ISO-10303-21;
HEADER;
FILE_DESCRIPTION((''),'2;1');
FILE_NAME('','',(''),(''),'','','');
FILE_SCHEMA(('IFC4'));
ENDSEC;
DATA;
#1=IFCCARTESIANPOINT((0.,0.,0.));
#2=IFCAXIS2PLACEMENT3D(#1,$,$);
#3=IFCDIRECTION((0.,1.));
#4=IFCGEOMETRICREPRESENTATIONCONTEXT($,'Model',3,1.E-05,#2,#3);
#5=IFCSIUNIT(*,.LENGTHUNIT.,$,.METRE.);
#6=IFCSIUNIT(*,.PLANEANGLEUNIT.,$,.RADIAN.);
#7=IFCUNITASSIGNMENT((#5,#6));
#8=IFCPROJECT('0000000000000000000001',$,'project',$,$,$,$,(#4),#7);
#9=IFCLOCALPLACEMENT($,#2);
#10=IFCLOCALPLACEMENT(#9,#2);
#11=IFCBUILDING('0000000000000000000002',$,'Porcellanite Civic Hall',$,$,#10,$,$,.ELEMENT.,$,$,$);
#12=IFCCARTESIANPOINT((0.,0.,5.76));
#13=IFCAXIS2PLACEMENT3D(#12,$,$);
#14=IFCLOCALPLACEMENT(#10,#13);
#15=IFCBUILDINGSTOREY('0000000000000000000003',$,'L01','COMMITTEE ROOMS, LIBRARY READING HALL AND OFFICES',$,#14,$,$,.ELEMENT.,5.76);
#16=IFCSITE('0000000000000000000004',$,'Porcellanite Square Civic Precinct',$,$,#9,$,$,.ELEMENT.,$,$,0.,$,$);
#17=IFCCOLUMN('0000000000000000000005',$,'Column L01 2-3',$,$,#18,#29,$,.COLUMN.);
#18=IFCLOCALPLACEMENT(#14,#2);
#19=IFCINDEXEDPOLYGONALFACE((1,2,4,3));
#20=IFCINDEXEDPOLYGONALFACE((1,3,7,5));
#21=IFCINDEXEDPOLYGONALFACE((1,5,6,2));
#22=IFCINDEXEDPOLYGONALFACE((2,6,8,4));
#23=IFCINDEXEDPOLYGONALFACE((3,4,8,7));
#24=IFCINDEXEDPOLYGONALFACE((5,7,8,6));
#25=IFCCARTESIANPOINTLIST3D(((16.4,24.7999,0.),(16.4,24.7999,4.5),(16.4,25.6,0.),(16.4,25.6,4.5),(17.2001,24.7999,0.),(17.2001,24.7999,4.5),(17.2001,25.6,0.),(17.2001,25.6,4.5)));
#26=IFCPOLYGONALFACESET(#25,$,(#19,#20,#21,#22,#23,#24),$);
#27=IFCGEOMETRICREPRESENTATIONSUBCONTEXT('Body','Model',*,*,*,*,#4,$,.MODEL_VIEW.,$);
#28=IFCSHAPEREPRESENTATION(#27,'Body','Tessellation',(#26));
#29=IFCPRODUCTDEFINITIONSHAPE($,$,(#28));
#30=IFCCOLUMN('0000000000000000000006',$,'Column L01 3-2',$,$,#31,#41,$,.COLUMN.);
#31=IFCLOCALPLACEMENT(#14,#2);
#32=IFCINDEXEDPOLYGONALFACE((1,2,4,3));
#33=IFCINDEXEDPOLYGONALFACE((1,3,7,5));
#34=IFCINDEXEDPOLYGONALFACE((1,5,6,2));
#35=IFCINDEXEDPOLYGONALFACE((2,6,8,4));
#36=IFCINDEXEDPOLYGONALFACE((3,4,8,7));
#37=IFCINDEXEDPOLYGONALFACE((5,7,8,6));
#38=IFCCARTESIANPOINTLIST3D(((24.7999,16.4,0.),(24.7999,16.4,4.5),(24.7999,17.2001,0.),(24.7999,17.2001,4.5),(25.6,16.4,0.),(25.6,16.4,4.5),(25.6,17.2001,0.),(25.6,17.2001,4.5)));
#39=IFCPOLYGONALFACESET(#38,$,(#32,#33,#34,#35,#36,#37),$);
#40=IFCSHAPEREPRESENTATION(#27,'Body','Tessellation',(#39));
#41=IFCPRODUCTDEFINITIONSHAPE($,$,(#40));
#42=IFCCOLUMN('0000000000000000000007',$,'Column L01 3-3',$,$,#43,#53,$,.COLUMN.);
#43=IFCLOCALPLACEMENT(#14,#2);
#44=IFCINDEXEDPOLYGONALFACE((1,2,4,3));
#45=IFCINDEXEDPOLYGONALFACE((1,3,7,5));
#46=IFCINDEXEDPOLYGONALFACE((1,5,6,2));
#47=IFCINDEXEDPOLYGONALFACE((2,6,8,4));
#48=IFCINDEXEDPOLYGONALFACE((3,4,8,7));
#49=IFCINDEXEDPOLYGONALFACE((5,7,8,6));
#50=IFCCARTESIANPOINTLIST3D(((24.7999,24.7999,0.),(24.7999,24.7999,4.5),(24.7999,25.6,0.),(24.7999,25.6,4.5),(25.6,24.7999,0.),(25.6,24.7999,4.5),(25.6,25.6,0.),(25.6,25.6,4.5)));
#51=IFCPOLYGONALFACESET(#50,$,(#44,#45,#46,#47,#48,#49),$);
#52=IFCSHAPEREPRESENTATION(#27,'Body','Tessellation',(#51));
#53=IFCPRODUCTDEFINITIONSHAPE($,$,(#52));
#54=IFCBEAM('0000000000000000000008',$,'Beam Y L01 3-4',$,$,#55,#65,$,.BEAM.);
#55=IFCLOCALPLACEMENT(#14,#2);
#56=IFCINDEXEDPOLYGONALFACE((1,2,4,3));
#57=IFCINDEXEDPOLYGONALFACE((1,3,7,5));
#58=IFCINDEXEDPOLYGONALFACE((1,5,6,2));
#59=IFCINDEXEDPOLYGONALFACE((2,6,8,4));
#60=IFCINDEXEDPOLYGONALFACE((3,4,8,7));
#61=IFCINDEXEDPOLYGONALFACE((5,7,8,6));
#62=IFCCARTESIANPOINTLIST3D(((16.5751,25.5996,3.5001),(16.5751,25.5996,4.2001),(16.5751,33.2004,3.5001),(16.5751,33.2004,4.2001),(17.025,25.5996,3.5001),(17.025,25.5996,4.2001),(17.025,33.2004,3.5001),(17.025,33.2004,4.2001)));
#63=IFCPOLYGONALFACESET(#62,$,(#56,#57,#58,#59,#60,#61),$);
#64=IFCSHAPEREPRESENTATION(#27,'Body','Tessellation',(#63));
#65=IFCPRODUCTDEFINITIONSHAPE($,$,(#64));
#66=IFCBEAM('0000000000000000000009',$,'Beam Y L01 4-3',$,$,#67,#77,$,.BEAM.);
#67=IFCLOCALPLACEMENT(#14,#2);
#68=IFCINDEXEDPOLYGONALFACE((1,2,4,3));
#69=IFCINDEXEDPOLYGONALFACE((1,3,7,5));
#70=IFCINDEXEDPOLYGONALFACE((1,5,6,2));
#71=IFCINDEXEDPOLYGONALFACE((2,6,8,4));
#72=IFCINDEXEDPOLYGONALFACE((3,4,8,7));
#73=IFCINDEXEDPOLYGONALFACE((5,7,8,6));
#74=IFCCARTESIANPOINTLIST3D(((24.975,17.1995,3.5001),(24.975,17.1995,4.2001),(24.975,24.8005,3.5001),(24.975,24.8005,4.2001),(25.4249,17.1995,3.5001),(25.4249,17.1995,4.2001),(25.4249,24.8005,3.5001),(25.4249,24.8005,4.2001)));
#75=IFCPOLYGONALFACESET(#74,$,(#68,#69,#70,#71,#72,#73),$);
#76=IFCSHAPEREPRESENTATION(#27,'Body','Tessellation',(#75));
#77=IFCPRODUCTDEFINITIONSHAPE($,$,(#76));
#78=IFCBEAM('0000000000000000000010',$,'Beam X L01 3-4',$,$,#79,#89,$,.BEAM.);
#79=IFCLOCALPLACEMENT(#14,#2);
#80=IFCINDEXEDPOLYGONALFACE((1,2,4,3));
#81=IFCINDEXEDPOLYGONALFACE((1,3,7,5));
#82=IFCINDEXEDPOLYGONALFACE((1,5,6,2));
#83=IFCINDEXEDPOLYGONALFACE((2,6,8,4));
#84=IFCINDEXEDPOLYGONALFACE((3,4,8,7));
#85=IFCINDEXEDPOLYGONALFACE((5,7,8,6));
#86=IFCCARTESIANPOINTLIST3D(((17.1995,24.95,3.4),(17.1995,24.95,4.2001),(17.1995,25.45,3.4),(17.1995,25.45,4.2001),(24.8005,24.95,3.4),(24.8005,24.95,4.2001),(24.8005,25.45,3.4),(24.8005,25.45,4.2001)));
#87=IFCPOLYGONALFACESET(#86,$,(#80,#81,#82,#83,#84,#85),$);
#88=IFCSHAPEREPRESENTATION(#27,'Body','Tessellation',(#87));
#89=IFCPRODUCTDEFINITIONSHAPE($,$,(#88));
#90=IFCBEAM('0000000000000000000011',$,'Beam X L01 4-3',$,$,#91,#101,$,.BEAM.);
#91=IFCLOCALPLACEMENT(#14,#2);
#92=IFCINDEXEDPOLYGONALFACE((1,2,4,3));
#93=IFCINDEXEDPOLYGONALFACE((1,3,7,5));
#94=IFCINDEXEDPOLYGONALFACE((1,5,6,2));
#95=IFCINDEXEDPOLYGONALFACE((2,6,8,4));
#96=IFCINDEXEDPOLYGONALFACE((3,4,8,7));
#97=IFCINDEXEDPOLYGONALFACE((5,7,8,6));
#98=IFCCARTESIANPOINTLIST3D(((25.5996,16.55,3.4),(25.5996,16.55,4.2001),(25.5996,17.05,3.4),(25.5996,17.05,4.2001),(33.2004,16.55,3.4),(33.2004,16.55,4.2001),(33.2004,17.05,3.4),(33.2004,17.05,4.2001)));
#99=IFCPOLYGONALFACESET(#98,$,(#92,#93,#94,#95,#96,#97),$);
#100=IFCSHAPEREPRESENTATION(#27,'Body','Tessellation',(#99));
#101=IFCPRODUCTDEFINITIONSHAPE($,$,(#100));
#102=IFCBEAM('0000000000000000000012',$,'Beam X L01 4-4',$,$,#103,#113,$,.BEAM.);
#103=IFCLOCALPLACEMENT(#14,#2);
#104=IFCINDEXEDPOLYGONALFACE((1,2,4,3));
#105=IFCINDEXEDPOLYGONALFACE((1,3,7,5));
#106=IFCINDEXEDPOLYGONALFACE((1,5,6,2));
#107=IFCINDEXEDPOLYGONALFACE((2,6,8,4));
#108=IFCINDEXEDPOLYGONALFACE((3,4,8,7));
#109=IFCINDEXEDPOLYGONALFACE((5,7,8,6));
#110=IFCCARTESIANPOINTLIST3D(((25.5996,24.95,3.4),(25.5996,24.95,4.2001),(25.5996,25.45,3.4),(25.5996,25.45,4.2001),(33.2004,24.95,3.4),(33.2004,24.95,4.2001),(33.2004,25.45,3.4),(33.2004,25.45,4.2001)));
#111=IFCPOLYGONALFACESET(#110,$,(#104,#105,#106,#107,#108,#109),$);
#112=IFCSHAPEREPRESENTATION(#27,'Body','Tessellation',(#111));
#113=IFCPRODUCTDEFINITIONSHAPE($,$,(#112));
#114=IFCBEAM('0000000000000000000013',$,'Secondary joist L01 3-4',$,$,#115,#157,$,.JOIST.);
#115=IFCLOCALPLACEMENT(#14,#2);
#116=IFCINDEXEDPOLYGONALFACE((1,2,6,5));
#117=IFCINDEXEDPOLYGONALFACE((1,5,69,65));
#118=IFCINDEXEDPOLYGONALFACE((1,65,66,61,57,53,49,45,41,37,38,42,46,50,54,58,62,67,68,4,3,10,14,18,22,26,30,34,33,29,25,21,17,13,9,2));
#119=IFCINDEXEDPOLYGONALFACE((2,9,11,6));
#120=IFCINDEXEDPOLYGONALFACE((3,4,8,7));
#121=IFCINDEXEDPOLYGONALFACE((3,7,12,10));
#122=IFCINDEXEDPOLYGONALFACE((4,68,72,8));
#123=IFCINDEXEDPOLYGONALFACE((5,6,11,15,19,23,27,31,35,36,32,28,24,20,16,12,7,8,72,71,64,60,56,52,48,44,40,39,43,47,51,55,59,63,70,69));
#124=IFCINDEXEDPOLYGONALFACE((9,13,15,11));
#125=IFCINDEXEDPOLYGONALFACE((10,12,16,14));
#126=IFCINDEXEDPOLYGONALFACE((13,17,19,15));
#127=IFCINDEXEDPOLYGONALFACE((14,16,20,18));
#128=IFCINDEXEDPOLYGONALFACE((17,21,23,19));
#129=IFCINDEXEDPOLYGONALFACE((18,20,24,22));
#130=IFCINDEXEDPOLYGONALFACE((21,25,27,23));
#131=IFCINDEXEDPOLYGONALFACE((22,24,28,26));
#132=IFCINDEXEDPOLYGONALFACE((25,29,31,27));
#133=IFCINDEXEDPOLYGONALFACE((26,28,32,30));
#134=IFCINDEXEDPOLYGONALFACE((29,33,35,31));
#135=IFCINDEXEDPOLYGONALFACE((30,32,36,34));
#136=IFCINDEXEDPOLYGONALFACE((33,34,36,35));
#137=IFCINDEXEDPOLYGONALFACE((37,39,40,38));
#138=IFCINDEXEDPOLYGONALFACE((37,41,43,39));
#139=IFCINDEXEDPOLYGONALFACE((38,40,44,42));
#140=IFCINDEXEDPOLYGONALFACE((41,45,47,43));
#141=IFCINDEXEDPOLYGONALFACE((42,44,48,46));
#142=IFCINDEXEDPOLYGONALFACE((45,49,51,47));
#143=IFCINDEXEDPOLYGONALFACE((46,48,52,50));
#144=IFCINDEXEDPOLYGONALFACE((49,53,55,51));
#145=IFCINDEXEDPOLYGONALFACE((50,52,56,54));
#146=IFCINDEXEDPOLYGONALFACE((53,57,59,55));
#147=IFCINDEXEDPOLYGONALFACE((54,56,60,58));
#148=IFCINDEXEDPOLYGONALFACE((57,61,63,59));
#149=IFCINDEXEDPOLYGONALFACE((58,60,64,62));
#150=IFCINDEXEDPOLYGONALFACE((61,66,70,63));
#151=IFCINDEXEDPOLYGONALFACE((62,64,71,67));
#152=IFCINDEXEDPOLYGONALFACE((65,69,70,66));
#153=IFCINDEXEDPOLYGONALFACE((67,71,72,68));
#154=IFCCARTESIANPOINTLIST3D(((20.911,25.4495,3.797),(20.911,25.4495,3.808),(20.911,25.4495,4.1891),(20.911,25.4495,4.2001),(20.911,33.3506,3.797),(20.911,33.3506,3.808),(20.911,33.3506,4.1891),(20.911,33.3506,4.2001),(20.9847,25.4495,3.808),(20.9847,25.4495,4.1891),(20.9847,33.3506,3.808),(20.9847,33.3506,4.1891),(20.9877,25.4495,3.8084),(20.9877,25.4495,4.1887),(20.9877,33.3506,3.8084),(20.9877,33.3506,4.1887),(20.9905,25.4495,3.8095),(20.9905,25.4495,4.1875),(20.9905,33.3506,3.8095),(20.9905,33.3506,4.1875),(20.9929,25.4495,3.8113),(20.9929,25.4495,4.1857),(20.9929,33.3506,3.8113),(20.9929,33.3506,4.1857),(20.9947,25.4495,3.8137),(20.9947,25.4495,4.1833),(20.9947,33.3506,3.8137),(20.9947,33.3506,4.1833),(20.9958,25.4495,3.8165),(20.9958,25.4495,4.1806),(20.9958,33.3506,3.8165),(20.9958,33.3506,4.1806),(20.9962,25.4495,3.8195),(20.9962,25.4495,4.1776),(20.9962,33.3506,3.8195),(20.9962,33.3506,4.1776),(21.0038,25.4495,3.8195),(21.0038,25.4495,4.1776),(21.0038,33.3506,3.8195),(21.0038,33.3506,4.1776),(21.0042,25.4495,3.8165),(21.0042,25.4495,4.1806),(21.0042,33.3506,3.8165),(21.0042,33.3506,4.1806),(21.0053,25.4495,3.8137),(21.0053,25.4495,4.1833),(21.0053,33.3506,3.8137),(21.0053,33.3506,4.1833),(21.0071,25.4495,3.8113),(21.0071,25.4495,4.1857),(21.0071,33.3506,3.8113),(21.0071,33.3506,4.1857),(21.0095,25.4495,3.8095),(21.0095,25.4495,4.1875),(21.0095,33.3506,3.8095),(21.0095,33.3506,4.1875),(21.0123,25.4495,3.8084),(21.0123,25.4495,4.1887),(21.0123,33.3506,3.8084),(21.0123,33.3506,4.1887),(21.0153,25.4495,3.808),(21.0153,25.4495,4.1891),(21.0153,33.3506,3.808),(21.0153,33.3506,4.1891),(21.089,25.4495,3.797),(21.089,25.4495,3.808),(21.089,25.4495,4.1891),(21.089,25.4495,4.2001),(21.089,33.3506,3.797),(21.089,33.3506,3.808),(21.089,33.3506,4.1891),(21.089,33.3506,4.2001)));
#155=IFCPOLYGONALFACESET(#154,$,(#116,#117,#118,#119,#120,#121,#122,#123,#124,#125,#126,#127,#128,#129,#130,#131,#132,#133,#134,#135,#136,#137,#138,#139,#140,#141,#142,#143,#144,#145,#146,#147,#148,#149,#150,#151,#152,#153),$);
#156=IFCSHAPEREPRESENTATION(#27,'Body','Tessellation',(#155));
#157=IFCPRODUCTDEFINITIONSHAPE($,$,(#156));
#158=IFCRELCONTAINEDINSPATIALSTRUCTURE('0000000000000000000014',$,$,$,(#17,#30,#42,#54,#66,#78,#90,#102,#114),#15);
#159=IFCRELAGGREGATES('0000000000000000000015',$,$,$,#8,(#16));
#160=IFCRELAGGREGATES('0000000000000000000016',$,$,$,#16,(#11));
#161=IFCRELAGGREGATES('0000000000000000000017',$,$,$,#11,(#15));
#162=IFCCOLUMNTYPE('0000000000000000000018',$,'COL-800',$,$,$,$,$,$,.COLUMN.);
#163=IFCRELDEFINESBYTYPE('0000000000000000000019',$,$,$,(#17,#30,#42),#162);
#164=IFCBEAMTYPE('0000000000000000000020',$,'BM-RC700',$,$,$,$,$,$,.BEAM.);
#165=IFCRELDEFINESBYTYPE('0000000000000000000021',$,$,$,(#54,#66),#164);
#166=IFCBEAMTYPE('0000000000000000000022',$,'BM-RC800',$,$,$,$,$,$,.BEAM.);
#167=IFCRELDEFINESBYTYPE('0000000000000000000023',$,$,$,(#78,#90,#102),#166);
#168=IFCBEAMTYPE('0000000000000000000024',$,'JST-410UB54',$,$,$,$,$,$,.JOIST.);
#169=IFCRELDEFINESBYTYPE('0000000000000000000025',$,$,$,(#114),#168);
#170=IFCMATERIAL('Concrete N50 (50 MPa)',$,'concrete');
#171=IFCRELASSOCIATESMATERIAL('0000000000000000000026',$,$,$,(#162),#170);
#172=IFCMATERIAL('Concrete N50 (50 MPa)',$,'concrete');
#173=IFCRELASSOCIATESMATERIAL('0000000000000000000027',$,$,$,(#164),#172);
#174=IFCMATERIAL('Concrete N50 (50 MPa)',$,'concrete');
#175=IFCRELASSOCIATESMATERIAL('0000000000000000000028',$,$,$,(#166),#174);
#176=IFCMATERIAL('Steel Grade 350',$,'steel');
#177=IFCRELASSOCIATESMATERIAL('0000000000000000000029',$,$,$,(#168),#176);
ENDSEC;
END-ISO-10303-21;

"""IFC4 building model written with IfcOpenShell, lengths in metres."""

from ifc_helpers import new_model, si_unit, direction, frame, origin, origin_2d, place, context, subcontext, project, spatial, rectangle, i_section, extrude, material, material_profile, profile_set, type_object, element, save


model = new_model("IFC4")

# Units and contexts
model_context = context("Model", 3, precision=1e-05, world=origin(), true_north=direction((0.0, 1.0)))
body_context = subcontext(model_context, "Body", "Model", "MODEL_VIEW")
ifc_project = project(units=[si_unit("LENGTHUNIT", "METRE"), si_unit("PLANEANGLEUNIT", "RADIAN")], contexts=[model_context])

# Site, building, storey
site_placement = place(None, origin())
site = spatial("IfcSite", under=ifc_project, at=site_placement, Name="Porcellanite Square Civic Precinct", CompositionType="ELEMENT", RefElevation=0.0)
building_placement = place(site_placement, origin())
building = spatial("IfcBuilding", under=site, at=building_placement, Name="Porcellanite Civic Hall", CompositionType="ELEMENT")
storey_placement = place(building_placement, frame((0.0, 0.0, 5.76)))
storey = spatial("IfcBuildingStorey", under=building, at=storey_placement, Name="L01", Description="COMMITTEE ROOMS, LIBRARY READING HALL AND OFFICES", CompositionType="ELEMENT", Elevation=5.76)

# Columns
ifc_material_1 = material(Name="Concrete N50 (50 MPa)", Category="concrete")
ifc_material_profile_1 = material_profile(ifc_material_1, rectangle(XDim=0.8, YDim=0.8, at=origin_2d()), Name="RC-800x800")
ifc_profile_set_1 = profile_set([ifc_material_profile_1], Name="Concrete N50 (50 MPa)")
column_type = type_object("IfcColumnType", Name="COL-800", PredefinedType="COLUMN", material=ifc_profile_set_1)
for number, where, z_axis, x_axis, name in (
    (1, (16.8, 25.2, 0.0), (0.0, 0.0, 1.0), (1.0, 0.0, 0.0), "Column L01 2-3"),
    (2, (25.2, 16.8, 0.0), (0.0, 0.0, 1.0), (1.0, 0.0, 0.0), "Column L01 3-2"),
    (3, (25.2, 25.2, 0.0), (0.0, 0.0, 1.0), (1.0, 0.0, 0.0), "Column L01 3-3"),
):
    element("IfcColumn", number, at=place(storey_placement, frame(where, z_axis=z_axis, x_axis=x_axis)), inside=storey, type_object=column_type, Name=name, PredefinedType="COLUMN", context=body_context, shape_type="SweptSolid", body=[
        extrude(rectangle(XDim=0.8, YDim=0.8, at=origin_2d()), origin(), (0.0, 0.0, 1.0), 4.5),
    ])

# Beams
ifc_material_2 = material(Name="Concrete N50 (50 MPa)", Category="concrete")
ifc_material_profile_2 = material_profile(ifc_material_2, rectangle(XDim=0.45, YDim=0.7, at=origin_2d()), Name="RC-450x700")
ifc_profile_set_2 = profile_set([ifc_material_profile_2], Name="Concrete N50 (50 MPa)")
beam_type_1 = type_object("IfcBeamType", Name="BM-RC700", PredefinedType="BEAM", material=ifc_profile_set_2)
beam_1_placement = place(storey_placement, frame((16.8, 25.5996, 3.8501), z_axis=(0.0, 1.0, 0.0), x_axis=(-1.0, 0.0, 0.0)))
element("IfcBeam", 4, at=beam_1_placement, inside=storey, type_object=beam_type_1, Name="Beam Y L01 3-4", PredefinedType="BEAM", context=body_context, shape_type="SweptSolid", body=[
    extrude(rectangle(XDim=0.45, YDim=0.7, at=origin_2d()), origin(), (0.0, 0.0, 1.0), 7.6008),
])
beam_2_placement = place(storey_placement, frame((25.2, 17.1995, 3.8501), z_axis=(0.0, 1.0, 0.0), x_axis=(-1.0, 0.0, 0.0)))
element("IfcBeam", 5, at=beam_2_placement, inside=storey, type_object=beam_type_1, Name="Beam Y L01 4-3", PredefinedType="BEAM", context=body_context, shape_type="SweptSolid", body=[
    extrude(rectangle(XDim=0.45, YDim=0.7, at=origin_2d()), origin(), (0.0, 0.0, 1.0), 7.6011),
])
ifc_material_3 = material(Name="Concrete N50 (50 MPa)", Category="concrete")
ifc_material_profile_3 = material_profile(ifc_material_3, rectangle(XDim=0.5, YDim=0.8, at=origin_2d()), Name="RC-500x800")
ifc_profile_set_3 = profile_set([ifc_material_profile_3], Name="Concrete N50 (50 MPa)")
beam_type_2 = type_object("IfcBeamType", Name="BM-RC800", PredefinedType="BEAM", material=ifc_profile_set_3)
beam_3_placement = place(storey_placement, frame((17.1995, 25.2, 3.8), z_axis=(1.0, 0.0, 0.0), x_axis=(0.0, 1.0, 0.0)))
element("IfcBeam", 6, at=beam_3_placement, inside=storey, type_object=beam_type_2, Name="Beam X L01 3-4", PredefinedType="BEAM", context=body_context, shape_type="SweptSolid", body=[
    extrude(rectangle(XDim=0.5, YDim=0.8, at=origin_2d()), origin(), (0.0, 0.0, 1.0), 7.6011),
])
for number, where, z_axis, x_axis, name in (
    (7, (25.5996, 16.8, 3.8), (1.0, 0.0, 0.0), (0.0, 1.0, 0.0), "Beam X L01 4-3"),
    (8, (25.5996, 25.2, 3.8), (1.0, 0.0, 0.0), (0.0, 1.0, 0.0), "Beam X L01 4-4"),
):
    element("IfcBeam", number, at=place(storey_placement, frame(where, z_axis=z_axis, x_axis=x_axis)), inside=storey, type_object=beam_type_2, Name=name, PredefinedType="BEAM", context=body_context, shape_type="SweptSolid", body=[
        extrude(rectangle(XDim=0.5, YDim=0.8, at=origin_2d()), origin(), (0.0, 0.0, 1.0), 7.6008),
    ])
ifc_material_4 = material(Name="Steel Grade 350", Category="steel")
ifc_material_profile_4 = material_profile(ifc_material_4, i_section(OverallWidth=0.178, OverallDepth=0.4031, WebThickness=0.0076, FlangeThickness=0.011, FilletRadius=0.0115, at=origin_2d()), Name="410UB53.7")
ifc_profile_set_4 = profile_set([ifc_material_profile_4], Name="Steel Grade 350")
beam_type_3 = type_object("IfcBeamType", Name="JST-410UB54", PredefinedType="JOIST", material=ifc_profile_set_4)
beam_4_placement = place(storey_placement, frame((21.0, 25.4495, 3.9985), z_axis=(0.0, 1.0, 0.0), x_axis=(-1.0, 0.0, 0.0)))
element("IfcBeam", 9, at=beam_4_placement, inside=storey, type_object=beam_type_3, Name="Secondary joist L01 3-4", PredefinedType="JOIST", context=body_context, shape_type="SweptSolid", body=[
    extrude(i_section(OverallWidth=0.178, OverallDepth=0.4031, WebThickness=0.0076, FlangeThickness=0.011, FilletRadius=0.0115, at=origin_2d()), origin(), (0.0, 0.0, 1.0), 7.9011),
])

save(model, "model.ifc")
